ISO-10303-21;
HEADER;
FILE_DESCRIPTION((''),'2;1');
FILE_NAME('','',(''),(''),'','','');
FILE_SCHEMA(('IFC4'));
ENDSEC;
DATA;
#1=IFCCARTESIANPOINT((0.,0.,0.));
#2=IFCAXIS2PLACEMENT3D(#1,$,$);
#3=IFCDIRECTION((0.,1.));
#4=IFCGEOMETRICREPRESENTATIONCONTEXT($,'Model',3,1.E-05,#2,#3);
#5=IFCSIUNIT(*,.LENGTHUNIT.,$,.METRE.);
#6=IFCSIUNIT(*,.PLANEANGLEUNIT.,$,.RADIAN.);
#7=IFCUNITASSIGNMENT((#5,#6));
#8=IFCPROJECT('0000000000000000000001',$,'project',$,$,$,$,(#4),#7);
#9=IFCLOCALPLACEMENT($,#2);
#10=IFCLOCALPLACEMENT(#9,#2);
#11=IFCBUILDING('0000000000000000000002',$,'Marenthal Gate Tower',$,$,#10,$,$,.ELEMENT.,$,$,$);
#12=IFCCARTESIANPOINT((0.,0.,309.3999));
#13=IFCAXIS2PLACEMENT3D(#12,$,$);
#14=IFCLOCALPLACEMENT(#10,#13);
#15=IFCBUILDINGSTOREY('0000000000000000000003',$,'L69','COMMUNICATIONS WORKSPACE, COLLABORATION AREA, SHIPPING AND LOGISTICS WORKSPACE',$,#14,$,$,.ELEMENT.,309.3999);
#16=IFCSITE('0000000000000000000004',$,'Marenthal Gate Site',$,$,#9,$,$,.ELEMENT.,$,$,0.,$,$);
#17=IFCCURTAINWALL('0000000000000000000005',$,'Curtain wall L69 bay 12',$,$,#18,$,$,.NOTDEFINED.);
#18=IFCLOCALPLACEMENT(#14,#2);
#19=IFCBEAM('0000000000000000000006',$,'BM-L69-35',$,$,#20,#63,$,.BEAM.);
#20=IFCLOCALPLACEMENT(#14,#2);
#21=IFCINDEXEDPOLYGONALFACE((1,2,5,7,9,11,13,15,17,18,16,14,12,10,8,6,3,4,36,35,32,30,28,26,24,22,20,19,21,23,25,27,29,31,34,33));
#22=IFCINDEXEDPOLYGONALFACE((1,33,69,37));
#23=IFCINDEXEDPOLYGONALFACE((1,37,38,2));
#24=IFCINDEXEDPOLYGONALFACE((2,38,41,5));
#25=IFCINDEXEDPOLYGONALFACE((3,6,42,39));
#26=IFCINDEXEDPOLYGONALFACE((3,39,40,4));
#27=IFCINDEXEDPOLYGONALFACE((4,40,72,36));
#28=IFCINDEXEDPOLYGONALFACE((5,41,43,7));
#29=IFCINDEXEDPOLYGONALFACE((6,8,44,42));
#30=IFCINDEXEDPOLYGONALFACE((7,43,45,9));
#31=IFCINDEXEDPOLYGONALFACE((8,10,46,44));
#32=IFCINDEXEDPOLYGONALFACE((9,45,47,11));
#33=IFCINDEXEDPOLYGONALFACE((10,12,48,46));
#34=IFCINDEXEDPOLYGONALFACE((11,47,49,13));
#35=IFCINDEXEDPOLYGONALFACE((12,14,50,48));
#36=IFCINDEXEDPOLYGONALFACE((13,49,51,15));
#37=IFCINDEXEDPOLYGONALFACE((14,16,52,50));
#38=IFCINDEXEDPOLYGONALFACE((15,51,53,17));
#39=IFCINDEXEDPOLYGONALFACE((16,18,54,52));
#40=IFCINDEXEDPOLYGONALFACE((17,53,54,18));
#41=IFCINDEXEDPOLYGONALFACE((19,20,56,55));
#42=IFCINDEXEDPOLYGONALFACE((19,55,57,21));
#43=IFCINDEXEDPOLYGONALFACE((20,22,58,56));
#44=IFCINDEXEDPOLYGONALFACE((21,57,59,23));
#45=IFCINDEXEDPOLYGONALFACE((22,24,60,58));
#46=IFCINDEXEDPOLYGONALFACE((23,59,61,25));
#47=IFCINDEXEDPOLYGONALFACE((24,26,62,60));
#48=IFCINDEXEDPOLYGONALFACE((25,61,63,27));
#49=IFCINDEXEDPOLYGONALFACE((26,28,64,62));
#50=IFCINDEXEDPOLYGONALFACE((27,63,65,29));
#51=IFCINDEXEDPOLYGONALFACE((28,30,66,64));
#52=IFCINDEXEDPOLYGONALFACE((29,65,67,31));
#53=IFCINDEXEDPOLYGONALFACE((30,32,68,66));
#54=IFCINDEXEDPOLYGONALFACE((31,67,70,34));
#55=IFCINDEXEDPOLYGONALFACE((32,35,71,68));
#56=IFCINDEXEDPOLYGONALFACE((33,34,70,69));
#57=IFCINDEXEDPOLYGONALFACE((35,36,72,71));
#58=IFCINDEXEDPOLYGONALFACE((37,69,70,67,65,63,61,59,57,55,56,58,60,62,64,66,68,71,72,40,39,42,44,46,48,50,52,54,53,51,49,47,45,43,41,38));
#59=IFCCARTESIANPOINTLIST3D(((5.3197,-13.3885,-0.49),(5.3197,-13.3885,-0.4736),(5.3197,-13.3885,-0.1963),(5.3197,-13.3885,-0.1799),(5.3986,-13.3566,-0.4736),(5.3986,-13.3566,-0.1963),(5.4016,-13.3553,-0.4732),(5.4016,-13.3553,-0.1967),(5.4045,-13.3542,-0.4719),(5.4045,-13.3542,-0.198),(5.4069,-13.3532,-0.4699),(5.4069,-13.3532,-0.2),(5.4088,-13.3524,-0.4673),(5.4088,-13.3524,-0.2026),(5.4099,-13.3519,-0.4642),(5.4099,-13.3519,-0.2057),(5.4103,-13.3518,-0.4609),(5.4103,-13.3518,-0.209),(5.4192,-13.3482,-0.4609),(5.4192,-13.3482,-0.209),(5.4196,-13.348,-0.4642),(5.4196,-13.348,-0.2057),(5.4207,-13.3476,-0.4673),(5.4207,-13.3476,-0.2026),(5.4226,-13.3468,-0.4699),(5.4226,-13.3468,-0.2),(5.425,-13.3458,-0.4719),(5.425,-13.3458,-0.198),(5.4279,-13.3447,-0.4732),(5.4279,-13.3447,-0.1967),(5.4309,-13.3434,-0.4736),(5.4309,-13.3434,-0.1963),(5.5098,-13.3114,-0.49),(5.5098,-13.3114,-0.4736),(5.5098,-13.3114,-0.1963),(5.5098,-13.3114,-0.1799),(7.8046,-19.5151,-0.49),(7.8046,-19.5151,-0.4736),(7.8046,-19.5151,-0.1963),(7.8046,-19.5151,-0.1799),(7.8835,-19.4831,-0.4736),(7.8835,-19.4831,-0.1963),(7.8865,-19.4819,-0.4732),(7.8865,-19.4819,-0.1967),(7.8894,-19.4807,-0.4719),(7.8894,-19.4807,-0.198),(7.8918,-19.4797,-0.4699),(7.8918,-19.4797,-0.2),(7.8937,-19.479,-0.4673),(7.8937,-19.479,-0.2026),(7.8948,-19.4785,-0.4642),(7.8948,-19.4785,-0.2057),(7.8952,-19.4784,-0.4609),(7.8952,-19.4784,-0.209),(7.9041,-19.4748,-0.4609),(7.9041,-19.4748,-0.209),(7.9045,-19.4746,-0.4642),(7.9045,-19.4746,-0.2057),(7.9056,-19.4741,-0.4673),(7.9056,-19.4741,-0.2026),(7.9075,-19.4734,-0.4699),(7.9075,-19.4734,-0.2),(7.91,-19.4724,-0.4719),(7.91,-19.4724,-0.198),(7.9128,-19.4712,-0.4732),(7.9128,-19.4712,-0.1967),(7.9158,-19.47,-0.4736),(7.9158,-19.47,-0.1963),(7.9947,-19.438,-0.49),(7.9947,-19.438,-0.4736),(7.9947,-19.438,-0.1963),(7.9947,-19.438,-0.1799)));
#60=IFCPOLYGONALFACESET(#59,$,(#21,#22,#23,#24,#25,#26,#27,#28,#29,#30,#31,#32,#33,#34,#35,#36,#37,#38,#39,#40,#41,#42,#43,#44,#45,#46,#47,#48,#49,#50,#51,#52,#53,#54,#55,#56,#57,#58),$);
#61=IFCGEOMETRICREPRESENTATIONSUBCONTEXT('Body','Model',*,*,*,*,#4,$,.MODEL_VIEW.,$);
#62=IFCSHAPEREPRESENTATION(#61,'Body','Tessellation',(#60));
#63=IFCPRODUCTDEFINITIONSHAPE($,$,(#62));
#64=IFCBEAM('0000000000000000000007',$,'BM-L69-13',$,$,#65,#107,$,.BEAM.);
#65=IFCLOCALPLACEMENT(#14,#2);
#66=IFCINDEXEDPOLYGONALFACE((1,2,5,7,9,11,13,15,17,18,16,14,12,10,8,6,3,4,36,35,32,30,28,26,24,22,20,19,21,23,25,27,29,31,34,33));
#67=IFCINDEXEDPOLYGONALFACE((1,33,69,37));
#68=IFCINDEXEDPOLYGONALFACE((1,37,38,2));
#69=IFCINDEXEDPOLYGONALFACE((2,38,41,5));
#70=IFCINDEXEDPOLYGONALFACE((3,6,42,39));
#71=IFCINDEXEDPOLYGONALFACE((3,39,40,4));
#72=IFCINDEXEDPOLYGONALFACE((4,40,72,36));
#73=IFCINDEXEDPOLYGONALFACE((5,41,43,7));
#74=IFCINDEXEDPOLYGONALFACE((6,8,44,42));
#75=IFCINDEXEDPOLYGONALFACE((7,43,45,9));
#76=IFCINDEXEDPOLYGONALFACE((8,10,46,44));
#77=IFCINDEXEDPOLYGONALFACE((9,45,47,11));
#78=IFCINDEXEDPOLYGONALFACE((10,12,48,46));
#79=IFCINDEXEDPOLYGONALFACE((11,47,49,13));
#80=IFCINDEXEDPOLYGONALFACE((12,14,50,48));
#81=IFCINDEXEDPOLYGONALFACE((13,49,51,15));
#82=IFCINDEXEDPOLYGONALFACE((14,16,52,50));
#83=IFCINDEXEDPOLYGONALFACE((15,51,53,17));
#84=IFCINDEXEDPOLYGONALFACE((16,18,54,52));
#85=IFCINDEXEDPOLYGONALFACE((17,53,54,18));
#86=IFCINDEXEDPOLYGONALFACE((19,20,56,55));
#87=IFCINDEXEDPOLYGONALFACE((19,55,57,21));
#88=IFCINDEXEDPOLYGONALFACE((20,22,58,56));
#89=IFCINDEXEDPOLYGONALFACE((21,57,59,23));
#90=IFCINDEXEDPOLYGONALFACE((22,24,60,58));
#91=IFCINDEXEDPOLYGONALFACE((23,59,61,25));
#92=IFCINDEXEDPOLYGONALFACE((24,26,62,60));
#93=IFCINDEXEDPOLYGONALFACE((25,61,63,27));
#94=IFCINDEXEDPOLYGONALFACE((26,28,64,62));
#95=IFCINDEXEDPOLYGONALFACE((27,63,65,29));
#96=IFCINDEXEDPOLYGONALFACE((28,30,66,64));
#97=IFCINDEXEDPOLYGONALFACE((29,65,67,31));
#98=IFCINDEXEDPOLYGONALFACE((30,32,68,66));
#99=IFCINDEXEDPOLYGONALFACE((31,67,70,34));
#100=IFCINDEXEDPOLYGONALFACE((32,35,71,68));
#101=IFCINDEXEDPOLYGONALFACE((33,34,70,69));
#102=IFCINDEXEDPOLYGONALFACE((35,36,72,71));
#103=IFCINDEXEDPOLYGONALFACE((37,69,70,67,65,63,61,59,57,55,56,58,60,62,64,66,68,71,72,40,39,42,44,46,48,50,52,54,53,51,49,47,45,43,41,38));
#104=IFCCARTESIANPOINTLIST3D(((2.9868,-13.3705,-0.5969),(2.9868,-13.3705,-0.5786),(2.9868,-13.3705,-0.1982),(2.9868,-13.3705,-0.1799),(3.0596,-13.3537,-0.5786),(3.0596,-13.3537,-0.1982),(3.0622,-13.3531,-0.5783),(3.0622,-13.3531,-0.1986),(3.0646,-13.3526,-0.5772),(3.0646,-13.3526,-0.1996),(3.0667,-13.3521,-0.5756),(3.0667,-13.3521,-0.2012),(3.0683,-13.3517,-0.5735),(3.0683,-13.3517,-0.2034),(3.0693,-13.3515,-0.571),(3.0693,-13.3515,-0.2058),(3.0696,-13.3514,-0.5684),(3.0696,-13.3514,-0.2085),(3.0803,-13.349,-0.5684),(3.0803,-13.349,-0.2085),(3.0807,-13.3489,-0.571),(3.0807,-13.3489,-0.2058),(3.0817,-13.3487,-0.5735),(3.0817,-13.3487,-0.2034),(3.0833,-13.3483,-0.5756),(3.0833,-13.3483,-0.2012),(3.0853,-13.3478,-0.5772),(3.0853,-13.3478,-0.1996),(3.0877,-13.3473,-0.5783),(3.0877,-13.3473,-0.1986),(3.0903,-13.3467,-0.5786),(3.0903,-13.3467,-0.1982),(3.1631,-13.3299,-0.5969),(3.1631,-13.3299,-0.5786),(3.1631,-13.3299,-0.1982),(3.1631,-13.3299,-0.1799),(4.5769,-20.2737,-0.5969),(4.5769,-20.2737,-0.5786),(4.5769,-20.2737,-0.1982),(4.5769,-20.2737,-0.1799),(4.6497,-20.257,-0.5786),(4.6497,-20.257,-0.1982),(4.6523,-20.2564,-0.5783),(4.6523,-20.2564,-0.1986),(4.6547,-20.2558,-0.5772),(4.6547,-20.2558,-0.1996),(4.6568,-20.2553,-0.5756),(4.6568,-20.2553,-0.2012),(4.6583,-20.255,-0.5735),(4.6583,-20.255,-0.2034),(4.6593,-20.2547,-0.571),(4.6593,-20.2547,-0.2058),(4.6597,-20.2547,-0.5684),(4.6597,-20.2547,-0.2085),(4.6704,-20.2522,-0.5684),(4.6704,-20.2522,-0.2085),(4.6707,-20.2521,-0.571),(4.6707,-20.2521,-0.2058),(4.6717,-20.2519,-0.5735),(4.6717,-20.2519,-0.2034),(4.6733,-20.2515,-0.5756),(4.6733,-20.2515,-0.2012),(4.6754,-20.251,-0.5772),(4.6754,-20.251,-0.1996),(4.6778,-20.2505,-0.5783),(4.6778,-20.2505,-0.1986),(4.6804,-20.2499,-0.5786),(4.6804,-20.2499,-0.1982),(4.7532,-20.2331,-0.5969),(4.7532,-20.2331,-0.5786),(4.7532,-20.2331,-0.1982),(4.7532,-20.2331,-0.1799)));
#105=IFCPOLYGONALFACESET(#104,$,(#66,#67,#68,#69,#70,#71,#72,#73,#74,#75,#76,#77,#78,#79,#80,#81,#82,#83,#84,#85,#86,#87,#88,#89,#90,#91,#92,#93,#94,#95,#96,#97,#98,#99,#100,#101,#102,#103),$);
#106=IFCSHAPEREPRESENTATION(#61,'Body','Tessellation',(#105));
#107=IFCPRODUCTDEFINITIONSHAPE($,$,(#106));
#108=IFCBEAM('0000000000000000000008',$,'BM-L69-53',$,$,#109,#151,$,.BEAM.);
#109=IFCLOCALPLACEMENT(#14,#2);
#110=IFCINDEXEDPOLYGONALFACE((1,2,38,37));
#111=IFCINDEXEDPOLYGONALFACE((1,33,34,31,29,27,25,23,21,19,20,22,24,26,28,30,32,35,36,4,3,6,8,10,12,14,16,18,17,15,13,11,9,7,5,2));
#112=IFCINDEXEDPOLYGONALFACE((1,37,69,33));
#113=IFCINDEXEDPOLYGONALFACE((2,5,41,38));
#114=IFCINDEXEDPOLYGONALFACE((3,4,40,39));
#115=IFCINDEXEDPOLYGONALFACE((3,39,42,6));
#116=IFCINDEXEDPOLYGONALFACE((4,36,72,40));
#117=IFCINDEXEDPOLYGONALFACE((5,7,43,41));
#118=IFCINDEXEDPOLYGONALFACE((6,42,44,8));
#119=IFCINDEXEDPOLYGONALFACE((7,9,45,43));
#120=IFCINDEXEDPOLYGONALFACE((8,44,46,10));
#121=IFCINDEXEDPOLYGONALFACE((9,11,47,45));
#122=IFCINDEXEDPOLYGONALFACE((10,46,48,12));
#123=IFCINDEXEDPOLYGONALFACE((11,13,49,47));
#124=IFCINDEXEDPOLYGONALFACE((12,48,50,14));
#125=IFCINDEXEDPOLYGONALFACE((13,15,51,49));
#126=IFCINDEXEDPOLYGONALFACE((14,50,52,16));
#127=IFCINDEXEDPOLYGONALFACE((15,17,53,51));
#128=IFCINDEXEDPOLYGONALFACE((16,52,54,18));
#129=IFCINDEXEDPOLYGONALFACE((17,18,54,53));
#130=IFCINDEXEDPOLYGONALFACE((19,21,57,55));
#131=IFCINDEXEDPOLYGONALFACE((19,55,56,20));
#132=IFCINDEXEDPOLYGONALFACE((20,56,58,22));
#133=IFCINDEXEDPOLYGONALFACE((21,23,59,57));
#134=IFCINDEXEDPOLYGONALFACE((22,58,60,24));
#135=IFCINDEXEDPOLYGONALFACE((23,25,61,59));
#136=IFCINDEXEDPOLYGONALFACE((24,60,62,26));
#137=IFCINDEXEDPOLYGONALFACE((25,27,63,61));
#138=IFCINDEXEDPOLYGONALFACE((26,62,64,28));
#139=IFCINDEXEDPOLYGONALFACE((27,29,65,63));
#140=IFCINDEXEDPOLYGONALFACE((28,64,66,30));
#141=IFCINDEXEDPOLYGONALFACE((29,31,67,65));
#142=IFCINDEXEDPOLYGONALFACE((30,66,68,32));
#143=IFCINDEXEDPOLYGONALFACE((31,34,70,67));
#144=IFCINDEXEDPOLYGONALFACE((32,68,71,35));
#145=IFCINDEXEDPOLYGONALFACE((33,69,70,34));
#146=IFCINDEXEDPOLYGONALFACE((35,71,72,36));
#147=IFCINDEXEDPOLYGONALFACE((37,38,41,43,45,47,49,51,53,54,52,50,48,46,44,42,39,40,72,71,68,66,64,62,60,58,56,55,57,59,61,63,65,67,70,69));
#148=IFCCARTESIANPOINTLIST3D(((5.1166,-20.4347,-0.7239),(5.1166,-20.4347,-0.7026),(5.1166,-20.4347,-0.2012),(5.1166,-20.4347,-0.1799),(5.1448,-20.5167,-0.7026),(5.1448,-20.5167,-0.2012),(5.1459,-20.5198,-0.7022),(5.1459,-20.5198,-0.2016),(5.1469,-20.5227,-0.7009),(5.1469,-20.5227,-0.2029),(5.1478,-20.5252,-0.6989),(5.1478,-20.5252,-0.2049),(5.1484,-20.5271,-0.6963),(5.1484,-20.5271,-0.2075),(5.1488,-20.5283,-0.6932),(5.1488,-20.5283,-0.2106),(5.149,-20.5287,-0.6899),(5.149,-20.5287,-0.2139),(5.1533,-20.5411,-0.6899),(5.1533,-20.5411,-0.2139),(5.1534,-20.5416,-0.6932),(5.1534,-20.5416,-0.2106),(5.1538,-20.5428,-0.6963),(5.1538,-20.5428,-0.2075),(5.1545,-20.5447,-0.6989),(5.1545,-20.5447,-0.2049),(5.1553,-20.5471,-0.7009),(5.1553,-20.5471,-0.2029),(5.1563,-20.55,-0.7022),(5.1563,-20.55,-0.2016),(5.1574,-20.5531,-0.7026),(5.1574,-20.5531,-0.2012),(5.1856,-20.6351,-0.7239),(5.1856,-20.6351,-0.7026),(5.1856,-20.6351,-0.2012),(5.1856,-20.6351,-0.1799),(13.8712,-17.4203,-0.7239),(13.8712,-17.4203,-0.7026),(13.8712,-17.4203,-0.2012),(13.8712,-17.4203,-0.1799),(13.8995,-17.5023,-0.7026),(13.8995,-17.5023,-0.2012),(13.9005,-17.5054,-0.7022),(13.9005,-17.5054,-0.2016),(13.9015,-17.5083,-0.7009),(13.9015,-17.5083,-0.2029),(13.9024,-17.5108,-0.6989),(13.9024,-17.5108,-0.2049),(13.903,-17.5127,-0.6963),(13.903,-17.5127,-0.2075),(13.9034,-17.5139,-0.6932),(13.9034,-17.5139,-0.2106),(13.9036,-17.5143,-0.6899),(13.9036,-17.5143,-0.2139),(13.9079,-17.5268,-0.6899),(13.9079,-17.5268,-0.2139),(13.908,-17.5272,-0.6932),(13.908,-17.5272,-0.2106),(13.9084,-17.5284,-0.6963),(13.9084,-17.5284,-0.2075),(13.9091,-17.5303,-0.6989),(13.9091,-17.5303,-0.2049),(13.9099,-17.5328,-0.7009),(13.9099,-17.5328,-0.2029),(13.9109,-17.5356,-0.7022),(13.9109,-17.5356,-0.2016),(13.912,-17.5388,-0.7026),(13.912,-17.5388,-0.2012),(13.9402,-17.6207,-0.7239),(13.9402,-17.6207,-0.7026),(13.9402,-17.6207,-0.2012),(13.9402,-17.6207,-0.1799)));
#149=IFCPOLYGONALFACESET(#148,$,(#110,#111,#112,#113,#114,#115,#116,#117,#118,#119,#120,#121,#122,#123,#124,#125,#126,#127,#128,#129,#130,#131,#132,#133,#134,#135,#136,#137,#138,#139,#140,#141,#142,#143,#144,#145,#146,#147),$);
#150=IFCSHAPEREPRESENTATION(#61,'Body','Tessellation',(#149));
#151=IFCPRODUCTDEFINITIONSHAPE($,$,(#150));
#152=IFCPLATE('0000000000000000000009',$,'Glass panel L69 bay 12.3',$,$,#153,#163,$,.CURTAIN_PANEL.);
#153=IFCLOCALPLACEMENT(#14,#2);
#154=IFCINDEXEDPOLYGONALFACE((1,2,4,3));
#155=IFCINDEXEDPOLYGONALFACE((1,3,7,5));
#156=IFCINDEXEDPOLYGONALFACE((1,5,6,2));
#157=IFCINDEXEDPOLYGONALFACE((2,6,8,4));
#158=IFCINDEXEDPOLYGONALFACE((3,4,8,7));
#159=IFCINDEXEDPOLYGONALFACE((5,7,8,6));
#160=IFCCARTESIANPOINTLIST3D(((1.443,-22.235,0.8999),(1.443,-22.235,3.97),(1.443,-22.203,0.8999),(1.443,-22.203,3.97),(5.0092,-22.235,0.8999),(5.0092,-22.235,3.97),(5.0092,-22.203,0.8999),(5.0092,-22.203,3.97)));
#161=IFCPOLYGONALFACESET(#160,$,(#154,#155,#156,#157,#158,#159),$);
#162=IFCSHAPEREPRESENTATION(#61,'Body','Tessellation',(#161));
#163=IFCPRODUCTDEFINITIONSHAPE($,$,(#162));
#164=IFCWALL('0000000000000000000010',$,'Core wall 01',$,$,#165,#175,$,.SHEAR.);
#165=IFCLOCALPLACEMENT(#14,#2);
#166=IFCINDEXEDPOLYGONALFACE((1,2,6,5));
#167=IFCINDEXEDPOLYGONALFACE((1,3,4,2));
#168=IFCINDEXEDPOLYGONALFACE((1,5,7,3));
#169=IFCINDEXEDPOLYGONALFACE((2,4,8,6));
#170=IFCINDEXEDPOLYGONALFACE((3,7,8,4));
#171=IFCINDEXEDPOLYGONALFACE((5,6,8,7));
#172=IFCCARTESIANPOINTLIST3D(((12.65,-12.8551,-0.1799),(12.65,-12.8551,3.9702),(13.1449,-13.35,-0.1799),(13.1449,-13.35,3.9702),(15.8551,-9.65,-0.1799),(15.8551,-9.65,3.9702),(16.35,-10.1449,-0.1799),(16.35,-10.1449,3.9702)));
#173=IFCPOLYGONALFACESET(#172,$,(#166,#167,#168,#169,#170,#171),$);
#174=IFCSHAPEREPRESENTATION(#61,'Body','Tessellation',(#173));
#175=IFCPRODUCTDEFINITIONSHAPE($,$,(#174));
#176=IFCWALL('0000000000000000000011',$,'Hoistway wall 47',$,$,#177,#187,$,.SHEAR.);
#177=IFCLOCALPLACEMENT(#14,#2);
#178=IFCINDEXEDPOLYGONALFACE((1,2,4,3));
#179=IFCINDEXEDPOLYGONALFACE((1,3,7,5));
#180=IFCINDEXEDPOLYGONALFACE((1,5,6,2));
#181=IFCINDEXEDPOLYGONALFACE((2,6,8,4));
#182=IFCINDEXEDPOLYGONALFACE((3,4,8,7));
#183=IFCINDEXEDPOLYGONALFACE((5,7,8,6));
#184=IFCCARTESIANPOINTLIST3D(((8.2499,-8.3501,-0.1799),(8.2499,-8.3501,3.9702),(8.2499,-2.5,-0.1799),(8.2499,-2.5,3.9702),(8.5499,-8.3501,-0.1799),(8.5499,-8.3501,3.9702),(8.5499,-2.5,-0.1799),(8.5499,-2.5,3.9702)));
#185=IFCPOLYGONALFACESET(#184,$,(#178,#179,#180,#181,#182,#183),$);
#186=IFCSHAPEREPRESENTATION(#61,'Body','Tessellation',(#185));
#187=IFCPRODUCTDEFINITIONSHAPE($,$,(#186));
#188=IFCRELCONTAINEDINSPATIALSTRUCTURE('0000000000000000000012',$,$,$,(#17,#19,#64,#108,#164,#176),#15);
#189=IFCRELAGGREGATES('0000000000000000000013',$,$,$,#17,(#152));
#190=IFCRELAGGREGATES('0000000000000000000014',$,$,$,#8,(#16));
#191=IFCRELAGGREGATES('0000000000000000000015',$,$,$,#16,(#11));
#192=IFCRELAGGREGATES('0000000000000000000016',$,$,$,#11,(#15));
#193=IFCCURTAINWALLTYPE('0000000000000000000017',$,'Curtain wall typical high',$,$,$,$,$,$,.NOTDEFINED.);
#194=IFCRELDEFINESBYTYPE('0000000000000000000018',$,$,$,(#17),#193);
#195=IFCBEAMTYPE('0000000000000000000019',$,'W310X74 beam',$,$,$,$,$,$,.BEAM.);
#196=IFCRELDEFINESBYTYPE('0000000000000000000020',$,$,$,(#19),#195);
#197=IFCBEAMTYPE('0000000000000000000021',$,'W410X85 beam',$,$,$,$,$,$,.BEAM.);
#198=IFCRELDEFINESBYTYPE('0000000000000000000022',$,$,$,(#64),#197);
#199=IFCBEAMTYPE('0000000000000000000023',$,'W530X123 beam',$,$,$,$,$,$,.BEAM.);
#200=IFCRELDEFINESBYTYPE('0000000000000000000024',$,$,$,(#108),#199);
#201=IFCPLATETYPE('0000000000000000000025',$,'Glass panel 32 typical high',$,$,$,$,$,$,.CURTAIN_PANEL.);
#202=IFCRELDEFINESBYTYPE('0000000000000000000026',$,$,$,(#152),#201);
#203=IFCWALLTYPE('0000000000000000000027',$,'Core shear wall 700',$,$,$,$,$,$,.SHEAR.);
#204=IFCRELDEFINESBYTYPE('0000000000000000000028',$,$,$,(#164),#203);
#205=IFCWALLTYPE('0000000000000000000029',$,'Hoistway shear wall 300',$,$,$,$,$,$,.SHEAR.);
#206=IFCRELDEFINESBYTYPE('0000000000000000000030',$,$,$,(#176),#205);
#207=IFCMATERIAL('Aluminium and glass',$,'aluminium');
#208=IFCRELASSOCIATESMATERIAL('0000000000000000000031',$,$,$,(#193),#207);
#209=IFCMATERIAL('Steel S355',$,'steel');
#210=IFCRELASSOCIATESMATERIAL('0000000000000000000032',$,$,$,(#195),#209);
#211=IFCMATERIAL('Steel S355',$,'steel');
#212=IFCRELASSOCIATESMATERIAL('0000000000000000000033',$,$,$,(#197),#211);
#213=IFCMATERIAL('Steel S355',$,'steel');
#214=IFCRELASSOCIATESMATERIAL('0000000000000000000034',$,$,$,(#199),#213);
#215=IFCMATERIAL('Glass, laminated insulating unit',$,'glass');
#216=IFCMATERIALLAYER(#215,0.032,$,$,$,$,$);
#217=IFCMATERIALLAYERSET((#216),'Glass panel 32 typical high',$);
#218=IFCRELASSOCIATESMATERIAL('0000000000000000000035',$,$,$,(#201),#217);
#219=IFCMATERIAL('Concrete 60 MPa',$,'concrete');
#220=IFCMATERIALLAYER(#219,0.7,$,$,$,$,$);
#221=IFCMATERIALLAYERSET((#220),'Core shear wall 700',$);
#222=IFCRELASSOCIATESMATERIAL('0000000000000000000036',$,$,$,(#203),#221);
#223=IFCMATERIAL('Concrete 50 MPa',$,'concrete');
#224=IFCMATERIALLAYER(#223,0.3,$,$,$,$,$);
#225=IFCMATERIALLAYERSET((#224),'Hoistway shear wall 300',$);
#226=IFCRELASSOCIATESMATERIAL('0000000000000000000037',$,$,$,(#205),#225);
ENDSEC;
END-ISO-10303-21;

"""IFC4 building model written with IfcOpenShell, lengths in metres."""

from ifc_helpers import new_model, si_unit, direction, frame, frame_2d, origin, origin_2d, place, context, subcontext, project, spatial, rectangle, i_section, extrude, material, layer, layer_set, material_profile, profile_set, type_object, element, aggregate, save


model = new_model("IFC4")

# Units and contexts
model_context = context("Model", 3, precision=1e-05, world=origin(), true_north=direction((0.0, 1.0)))
body_context = subcontext(model_context, "Body", "Model", "MODEL_VIEW")
ifc_project = project(units=[si_unit("LENGTHUNIT", "METRE"), si_unit("PLANEANGLEUNIT", "RADIAN")], contexts=[model_context])

# Site, building, storey
site_placement = place(None, origin())
site = spatial("IfcSite", under=ifc_project, at=site_placement, Name="Marenthal Gate Site", CompositionType="ELEMENT", RefElevation=0.0)
building_placement = place(site_placement, origin())
building = spatial("IfcBuilding", under=site, at=building_placement, Name="Marenthal Gate Tower", CompositionType="ELEMENT")
storey_placement = place(building_placement, frame((0.0, 0.0, 309.3999)))
storey = spatial("IfcBuildingStorey", under=building, at=storey_placement, Name="L69", Description="COMMUNICATIONS WORKSPACE, COLLABORATION AREA, SHIPPING AND LOGISTICS WORKSPACE", CompositionType="ELEMENT", Elevation=309.3999)

# Curtain wall
ifc_material_1 = material(Name="Aluminium and glass", Category="aluminium")
curtain_wall_type = type_object("IfcCurtainWallType", Name="Curtain wall typical high", PredefinedType="NOTDEFINED", material=ifc_material_1)
curtain_wall_placement = place(storey_placement, origin())
curtain_wall = element("IfcCurtainWall", 1, at=curtain_wall_placement, inside=storey, type_object=curtain_wall_type, Name="Curtain wall L69 bay 12", PredefinedType="NOTDEFINED")

# Beams
ifc_material_2 = material(Name="Steel S355", Category="steel")
ifc_material_profile_1 = material_profile(ifc_material_2, i_section(OverallWidth=0.2051, OverallDepth=0.3101, WebThickness=0.0095, FlangeThickness=0.0164, FilletRadius=0.0127, at=origin_2d()), Name="W310X74")
ifc_profile_set_1 = profile_set([ifc_material_profile_1], Name="Steel S355")
beam_type_1 = type_object("IfcBeamType", Name="W310X74 beam", PredefinedType="BEAM", material=ifc_profile_set_1)
beam_1_placement = place(storey_placement, frame((7.8997, -19.4766, -0.335), z_axis=(-0.375856, 0.926678, 0.0), x_axis=(-0.926678, -0.375856, 0.0)))
element("IfcBeam", 2, at=beam_1_placement, inside=storey, type_object=beam_type_1, Name="BM-L69-35", PredefinedType="BEAM", context=body_context, shape_type="SweptSolid", body=[
    extrude(i_section(OverallWidth=0.2051, OverallDepth=0.3101, WebThickness=0.0095, FlangeThickness=0.0164, FilletRadius=0.0127, at=origin_2d()), origin(), (0.0, 0.0, 1.0), 6.6113),
])
ifc_material_3 = material(Name="Steel S355", Category="steel")
ifc_material_profile_2 = material_profile(ifc_material_3, i_section(OverallWidth=0.1809, OverallDepth=0.417, WebThickness=0.011, FlangeThickness=0.0183, FilletRadius=0.0103, at=origin_2d()), Name="W410X85")
ifc_profile_set_2 = profile_set([ifc_material_profile_2], Name="Steel S355")
beam_type_2 = type_object("IfcBeamType", Name="W410X85 beam", PredefinedType="BEAM", material=ifc_profile_set_2)
beam_2_placement = place(storey_placement, frame((4.665, -20.2534, -0.3884), z_axis=(-0.224459, 0.974483, 0.0), x_axis=(-0.974483, -0.224459, 0.0)))
element("IfcBeam", 3, at=beam_2_placement, inside=storey, type_object=beam_type_2, Name="BM-L69-13", PredefinedType="BEAM", context=body_context, shape_type="SweptSolid", body=[
    extrude(i_section(OverallWidth=0.1809, OverallDepth=0.417, WebThickness=0.011, FlangeThickness=0.0183, FilletRadius=0.0103, at=origin_2d()), origin(), (0.0, 0.0, 1.0), 7.084),
])
ifc_material_4 = material(Name="Steel S355", Category="steel")
ifc_material_profile_3 = material_profile(ifc_material_4, i_section(OverallWidth=0.2119, OverallDepth=0.5439, WebThickness=0.0132, FlangeThickness=0.0212, FilletRadius=0.0127, at=origin_2d()), Name="W530X123")
ifc_profile_set_3 = profile_set([ifc_material_profile_3], Name="Steel S355")
beam_type_3 = type_object("IfcBeamType", Name="W530X123 beam", PredefinedType="BEAM", material=ifc_profile_set_3)
beam_3_placement = place(storey_placement, frame((5.1511, -20.5349, -0.4519), z_axis=(0.945521, 0.325562, 0.0), x_axis=(-0.325562, 0.945521, 0.0)))
element("IfcBeam", 4, at=beam_3_placement, inside=storey, type_object=beam_type_3, Name="BM-L69-53", PredefinedType="BEAM", context=body_context, shape_type="SweptSolid", body=[
    extrude(i_section(OverallWidth=0.2119, OverallDepth=0.5439, WebThickness=0.0132, FlangeThickness=0.0212, FilletRadius=0.0127, at=origin_2d()), origin(), (0.0, 0.0, 1.0), 9.259),
])

# Plate
ifc_material_5 = material(Name="Glass, laminated insulating unit", Category="glass")
ifc_layer_1 = layer(ifc_material_5, 0.032)
ifc_layer_set_1 = layer_set([ifc_layer_1], Name="Glass panel 32 typical high")
plate_type = type_object("IfcPlateType", Name="Glass panel 32 typical high", PredefinedType="CURTAIN_PANEL", material=ifc_layer_set_1)
plate_placement = place(storey_placement, frame((3.2261, -22.219, 0.8999), z_axis=(0.0, 0.0, 1.0), x_axis=(1.0, 0.0, 0.0)))
plate = element("IfcPlate", 5, at=plate_placement, type_object=plate_type, Name="Glass panel L69 bay 12.3", PredefinedType="CURTAIN_PANEL", context=body_context, shape_type="SweptSolid", body=[
    extrude(rectangle(XDim=3.5662, YDim=0.032, at=origin_2d()), origin(), (0.0, 0.0, 1.0), 3.0701),
])
aggregate(curtain_wall, [plate])

# Walls
ifc_material_6 = material(Name="Concrete 60 MPa", Category="concrete")
ifc_layer_2 = layer(ifc_material_6, 0.7)
ifc_layer_set_2 = layer_set([ifc_layer_2], Name="Core shear wall 700")
wall_type_1 = type_object("IfcWallType", Name="Core shear wall 700", PredefinedType="SHEAR", material=ifc_layer_set_2)
wall_1_placement = place(storey_placement, frame((12.8975, -13.1025, -0.1799), z_axis=(0.0, 0.0, 1.0), x_axis=(0.707107, 0.707107, 0.0)))
element("IfcWall", 6, at=wall_1_placement, inside=storey, type_object=wall_type_1, Name="Core wall 01", PredefinedType="SHEAR", context=body_context, shape_type="SweptSolid", body=[
    extrude(rectangle(XDim=4.5327, YDim=0.7, at=frame_2d((2.2664, 0.0))), origin(), (0.0, 0.0, 1.0), 4.1501),
])
ifc_material_7 = material(Name="Concrete 50 MPa", Category="concrete")
ifc_layer_3 = layer(ifc_material_7, 0.3)
ifc_layer_set_3 = layer_set([ifc_layer_3], Name="Hoistway shear wall 300")
wall_type_2 = type_object("IfcWallType", Name="Hoistway shear wall 300", PredefinedType="SHEAR", material=ifc_layer_set_3)
wall_2_placement = place(storey_placement, frame((8.3999, -8.3501, -0.1799), z_axis=(0.0, 0.0, 1.0), x_axis=(0.0, 1.0, 0.0)))
element("IfcWall", 7, at=wall_2_placement, inside=storey, type_object=wall_type_2, Name="Hoistway wall 47", PredefinedType="SHEAR", context=body_context, shape_type="SweptSolid", body=[
    extrude(rectangle(XDim=5.8501, YDim=0.3, at=frame_2d((2.925, 0.0))), origin(), (0.0, 0.0, 1.0), 4.1501),
])

save(model, "model.ifc")
